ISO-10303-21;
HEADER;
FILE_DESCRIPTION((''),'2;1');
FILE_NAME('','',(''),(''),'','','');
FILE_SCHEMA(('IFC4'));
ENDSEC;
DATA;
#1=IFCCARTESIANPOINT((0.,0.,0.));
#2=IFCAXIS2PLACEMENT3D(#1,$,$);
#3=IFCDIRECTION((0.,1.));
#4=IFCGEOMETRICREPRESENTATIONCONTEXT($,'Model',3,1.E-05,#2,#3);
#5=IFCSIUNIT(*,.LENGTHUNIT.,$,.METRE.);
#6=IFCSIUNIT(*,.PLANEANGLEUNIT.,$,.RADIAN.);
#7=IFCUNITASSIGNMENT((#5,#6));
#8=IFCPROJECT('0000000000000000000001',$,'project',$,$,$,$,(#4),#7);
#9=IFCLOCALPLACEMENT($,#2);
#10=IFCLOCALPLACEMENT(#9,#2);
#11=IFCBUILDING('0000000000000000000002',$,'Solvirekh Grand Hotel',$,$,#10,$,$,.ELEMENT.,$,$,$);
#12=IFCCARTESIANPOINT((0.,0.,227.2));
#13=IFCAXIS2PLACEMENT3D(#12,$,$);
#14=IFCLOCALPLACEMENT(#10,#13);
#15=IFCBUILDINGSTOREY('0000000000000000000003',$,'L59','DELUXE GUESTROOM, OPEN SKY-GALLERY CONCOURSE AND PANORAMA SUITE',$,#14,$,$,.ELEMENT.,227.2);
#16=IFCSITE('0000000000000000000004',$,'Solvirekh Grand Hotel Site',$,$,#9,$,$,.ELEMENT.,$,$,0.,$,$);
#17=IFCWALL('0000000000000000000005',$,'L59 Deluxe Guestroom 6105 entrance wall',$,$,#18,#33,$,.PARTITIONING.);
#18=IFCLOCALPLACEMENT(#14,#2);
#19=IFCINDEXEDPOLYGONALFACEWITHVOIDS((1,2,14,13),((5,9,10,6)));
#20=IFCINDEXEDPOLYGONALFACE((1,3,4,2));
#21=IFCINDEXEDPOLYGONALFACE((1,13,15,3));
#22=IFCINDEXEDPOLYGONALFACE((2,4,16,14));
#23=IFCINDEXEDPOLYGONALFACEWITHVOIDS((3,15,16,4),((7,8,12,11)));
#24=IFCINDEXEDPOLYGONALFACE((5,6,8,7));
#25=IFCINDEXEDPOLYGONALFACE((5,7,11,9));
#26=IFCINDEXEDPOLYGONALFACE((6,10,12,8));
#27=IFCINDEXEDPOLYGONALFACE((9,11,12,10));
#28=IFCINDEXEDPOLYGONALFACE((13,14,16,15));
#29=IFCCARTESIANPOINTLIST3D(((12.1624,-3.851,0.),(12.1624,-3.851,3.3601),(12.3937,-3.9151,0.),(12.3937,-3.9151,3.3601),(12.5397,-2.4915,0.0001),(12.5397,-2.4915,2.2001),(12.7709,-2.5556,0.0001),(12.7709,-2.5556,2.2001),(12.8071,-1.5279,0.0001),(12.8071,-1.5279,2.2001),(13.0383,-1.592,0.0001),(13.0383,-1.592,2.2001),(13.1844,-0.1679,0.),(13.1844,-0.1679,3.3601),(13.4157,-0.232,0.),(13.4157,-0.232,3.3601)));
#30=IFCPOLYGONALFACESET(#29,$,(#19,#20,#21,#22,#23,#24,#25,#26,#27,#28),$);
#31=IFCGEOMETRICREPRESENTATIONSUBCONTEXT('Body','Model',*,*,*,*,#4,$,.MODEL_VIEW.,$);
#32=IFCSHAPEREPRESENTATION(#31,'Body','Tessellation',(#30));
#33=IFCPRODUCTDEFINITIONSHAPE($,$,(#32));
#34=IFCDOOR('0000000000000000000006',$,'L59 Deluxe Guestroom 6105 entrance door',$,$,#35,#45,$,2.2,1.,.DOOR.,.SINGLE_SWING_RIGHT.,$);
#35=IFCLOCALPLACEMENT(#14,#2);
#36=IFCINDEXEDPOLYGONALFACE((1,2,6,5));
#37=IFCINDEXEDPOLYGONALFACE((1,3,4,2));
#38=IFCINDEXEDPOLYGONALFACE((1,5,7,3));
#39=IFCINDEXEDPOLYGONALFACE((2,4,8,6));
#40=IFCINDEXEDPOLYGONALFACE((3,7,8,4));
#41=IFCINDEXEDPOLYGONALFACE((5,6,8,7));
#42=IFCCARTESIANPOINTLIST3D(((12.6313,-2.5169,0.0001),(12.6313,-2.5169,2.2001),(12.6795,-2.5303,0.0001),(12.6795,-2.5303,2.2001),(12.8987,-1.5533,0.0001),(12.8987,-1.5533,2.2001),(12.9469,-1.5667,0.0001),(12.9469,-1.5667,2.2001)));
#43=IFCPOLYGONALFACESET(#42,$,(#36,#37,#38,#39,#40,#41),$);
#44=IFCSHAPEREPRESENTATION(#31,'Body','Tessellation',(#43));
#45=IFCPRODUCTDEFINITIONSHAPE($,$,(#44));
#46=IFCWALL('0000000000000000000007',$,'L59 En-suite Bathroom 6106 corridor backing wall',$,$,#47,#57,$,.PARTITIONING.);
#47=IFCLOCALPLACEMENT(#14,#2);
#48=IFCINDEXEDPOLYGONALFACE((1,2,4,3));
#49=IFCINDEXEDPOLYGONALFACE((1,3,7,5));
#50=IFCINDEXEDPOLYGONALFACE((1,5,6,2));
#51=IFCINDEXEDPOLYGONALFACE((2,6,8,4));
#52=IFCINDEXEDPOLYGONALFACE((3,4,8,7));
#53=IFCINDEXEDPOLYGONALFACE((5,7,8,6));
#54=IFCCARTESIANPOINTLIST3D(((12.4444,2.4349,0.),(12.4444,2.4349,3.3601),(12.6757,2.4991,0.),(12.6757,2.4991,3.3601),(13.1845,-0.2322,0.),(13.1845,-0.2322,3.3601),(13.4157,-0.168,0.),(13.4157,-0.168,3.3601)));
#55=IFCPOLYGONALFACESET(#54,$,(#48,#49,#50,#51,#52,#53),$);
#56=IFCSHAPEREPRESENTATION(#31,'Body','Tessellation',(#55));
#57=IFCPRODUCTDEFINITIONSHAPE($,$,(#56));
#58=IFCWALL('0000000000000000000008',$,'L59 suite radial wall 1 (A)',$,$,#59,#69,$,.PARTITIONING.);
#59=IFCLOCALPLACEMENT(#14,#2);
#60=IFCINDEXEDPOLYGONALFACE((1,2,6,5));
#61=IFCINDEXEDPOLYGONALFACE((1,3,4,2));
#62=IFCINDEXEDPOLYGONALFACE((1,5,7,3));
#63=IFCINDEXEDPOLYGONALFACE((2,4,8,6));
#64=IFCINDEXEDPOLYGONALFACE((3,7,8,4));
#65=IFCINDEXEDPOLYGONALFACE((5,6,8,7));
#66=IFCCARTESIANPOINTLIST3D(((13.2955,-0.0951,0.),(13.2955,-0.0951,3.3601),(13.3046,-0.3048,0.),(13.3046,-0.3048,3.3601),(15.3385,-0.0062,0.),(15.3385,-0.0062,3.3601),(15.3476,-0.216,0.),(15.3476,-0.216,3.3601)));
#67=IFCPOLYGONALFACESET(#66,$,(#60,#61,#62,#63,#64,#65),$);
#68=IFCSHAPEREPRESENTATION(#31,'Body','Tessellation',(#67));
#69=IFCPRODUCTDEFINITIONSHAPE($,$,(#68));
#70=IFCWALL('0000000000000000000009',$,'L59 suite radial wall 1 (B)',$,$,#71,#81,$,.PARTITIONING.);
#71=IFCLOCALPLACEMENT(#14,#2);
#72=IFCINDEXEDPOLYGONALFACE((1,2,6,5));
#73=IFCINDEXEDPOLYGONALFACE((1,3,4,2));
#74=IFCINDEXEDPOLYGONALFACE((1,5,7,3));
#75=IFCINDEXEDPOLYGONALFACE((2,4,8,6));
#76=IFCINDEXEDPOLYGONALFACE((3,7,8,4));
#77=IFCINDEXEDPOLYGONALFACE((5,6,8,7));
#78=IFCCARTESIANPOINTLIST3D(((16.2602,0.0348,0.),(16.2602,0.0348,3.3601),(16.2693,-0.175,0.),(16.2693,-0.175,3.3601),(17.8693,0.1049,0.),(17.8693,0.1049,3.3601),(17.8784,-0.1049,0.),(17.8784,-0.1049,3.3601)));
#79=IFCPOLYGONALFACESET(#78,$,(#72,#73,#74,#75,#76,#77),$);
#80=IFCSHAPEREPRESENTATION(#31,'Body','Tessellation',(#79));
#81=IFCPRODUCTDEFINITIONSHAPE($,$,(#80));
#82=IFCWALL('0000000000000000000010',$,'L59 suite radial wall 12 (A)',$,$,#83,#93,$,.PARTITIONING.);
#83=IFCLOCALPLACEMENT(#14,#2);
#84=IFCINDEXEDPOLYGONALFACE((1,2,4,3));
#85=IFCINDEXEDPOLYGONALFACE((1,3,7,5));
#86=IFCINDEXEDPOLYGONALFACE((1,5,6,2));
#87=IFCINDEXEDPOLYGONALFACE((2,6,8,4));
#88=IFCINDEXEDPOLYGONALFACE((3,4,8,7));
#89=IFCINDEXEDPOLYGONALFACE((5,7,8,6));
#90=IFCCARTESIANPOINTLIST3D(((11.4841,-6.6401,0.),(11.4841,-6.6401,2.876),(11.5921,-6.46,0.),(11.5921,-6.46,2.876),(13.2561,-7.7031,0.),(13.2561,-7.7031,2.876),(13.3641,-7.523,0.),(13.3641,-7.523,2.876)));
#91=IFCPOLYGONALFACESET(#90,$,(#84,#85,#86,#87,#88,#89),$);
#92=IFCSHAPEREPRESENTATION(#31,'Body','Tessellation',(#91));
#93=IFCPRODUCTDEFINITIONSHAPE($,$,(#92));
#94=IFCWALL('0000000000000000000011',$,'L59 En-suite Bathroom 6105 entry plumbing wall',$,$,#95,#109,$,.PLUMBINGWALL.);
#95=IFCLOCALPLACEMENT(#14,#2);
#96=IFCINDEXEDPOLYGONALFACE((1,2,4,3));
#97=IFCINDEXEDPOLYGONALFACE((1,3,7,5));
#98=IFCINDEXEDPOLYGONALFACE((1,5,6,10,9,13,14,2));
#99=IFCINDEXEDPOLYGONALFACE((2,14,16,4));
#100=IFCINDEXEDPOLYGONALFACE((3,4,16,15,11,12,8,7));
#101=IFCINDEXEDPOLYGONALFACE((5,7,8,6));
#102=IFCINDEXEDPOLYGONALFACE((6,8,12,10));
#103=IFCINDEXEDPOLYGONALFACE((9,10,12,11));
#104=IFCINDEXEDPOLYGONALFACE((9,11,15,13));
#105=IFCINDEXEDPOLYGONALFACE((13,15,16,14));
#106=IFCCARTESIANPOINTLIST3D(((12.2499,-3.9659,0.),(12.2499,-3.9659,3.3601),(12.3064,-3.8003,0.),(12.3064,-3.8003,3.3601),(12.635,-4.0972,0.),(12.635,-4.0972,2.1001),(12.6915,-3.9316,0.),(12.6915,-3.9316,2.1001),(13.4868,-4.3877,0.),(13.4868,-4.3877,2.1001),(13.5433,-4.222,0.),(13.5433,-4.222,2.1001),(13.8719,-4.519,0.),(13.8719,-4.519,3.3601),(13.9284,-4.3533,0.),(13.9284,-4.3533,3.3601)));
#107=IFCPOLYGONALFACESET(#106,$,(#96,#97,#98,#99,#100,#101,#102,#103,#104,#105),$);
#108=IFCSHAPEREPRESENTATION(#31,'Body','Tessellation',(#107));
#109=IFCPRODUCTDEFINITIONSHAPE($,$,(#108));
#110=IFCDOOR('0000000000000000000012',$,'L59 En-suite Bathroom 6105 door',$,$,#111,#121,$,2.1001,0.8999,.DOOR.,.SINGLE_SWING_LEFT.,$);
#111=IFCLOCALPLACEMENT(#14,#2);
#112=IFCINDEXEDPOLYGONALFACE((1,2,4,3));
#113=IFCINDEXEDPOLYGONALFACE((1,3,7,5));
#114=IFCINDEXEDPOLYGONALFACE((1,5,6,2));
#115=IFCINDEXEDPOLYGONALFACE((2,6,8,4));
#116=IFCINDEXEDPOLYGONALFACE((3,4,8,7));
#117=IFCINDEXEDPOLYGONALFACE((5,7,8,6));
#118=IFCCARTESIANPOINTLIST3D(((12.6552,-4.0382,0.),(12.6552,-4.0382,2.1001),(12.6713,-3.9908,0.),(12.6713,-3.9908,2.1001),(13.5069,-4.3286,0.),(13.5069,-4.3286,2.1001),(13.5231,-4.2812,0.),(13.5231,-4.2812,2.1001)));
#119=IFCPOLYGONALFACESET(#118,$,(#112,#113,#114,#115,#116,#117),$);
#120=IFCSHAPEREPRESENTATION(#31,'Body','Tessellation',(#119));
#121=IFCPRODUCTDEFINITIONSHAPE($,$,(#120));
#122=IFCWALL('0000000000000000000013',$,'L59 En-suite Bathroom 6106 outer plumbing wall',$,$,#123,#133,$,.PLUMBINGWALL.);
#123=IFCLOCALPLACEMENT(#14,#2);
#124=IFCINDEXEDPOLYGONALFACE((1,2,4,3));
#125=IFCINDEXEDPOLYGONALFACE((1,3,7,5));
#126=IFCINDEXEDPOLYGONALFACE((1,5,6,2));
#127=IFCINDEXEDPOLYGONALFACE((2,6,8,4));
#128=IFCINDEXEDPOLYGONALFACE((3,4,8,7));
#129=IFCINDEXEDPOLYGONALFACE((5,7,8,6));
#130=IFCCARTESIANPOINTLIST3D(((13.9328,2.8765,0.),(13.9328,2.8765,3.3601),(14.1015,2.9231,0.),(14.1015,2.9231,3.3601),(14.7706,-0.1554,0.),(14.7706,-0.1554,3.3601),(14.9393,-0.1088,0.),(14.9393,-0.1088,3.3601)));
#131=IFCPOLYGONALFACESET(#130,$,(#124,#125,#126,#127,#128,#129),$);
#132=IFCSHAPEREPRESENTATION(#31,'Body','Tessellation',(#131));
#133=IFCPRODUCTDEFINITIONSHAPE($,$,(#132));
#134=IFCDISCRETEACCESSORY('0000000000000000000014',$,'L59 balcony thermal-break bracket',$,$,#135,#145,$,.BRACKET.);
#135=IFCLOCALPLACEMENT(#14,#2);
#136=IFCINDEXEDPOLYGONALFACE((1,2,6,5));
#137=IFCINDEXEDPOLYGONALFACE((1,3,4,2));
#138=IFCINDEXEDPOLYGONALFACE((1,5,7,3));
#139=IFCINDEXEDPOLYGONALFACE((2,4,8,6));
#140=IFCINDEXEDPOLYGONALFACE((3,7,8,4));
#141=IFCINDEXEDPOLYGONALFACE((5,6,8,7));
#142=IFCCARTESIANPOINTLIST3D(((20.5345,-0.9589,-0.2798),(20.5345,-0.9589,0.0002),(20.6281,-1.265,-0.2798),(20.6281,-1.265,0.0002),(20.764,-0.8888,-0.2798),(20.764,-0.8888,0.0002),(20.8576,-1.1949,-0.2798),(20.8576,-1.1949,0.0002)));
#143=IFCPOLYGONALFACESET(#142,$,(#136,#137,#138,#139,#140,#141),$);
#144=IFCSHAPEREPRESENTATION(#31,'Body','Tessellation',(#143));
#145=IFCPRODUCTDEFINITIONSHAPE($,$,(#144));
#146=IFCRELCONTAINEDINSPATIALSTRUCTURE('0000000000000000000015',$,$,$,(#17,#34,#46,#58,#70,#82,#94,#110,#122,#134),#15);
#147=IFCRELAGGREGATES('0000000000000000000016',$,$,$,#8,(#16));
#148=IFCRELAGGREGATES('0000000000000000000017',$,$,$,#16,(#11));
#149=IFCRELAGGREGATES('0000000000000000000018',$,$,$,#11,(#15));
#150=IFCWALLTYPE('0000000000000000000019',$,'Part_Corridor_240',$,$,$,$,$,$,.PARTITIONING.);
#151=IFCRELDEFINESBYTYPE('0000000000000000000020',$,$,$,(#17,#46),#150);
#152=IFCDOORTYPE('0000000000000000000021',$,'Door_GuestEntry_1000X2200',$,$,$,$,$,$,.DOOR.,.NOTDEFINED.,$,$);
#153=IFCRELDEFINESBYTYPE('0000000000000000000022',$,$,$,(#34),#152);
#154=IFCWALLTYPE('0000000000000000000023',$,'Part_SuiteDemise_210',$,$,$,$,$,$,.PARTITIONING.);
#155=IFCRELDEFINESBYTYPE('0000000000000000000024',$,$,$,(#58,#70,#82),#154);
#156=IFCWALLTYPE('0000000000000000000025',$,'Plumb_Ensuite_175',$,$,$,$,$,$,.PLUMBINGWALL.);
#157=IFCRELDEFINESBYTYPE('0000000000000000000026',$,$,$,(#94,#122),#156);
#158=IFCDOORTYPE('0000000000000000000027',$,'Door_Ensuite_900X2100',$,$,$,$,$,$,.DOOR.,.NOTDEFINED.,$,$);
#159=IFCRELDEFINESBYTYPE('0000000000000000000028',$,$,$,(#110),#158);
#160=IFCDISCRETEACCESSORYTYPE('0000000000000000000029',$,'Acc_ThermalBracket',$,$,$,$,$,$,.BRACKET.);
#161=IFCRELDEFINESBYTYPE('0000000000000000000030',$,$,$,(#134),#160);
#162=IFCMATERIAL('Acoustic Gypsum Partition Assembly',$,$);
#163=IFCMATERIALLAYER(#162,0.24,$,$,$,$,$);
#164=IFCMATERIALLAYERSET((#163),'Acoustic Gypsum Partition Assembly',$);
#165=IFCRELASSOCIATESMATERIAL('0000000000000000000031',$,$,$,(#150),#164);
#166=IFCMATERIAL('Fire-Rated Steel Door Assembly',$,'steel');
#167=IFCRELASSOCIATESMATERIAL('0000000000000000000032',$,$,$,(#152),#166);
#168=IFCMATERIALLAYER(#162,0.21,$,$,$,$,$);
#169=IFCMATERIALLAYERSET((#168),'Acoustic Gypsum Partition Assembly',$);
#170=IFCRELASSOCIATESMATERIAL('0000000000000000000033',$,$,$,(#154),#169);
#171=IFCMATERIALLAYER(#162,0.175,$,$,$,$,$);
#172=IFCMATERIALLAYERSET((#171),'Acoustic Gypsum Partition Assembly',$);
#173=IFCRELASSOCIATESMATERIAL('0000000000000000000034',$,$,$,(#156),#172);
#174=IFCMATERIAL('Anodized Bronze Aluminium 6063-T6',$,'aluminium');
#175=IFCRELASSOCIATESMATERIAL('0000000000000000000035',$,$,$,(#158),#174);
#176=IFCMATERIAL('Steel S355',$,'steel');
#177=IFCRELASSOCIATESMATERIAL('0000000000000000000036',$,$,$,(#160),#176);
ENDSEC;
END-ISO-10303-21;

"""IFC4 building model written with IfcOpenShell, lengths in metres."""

from ifc_helpers import new_model, si_unit, direction, frame, frame_2d, origin, origin_2d, place, context, subcontext, project, spatial, rectangle, extrude, material, layer, layer_set, type_object, element, fill, save


model = new_model("IFC4")

# Units and contexts
model_context = context("Model", 3, precision=1e-05, world=origin(), true_north=direction((0.0, 1.0)))
body_context = subcontext(model_context, "Body", "Model", "MODEL_VIEW")
ifc_project = project(units=[si_unit("LENGTHUNIT", "METRE"), si_unit("PLANEANGLEUNIT", "RADIAN")], contexts=[model_context])

# Site, building, storey
site_placement = place(None, origin())
site = spatial("IfcSite", under=ifc_project, at=site_placement, Name="Solvirekh Grand Hotel Site", CompositionType="ELEMENT", RefElevation=0.0)
building_placement = place(site_placement, origin())
building = spatial("IfcBuilding", under=site, at=building_placement, Name="Solvirekh Grand Hotel", CompositionType="ELEMENT")
storey_placement = place(building_placement, frame((0.0, 0.0, 227.2)))
storey = spatial("IfcBuildingStorey", under=building, at=storey_placement, Name="L59", Description="DELUXE GUESTROOM, OPEN SKY-GALLERY CONCOURSE AND PANORAMA SUITE", CompositionType="ELEMENT", Elevation=227.2)

# Shared definitions
ifc_material_1 = material(Name="Steel S355", Category="steel")

# Shared definitions
ifc_material_2 = material(Name="Acoustic Gypsum Partition Assembly")
ifc_layer_1 = layer(ifc_material_2, 0.24)
ifc_layer_set_1 = layer_set([ifc_layer_1], Name="Acoustic Gypsum Partition Assembly")
wall_type_1 = type_object("IfcWallType", Name="Part_Corridor_240", PredefinedType="PARTITIONING", material=ifc_layer_set_1)
ifc_material_3 = material(Name="Fire-Rated Steel Door Assembly", Category="steel")

# Wall, opening, door
wall_1_placement = place(storey_placement, frame((12.2781, -3.8831, 0.0), z_axis=(0.0, 0.0, 1.0), x_axis=(0.267374, 0.963593, 0.0)))
wall_1 = element("IfcWall", 1, at=wall_1_placement, inside=storey, type_object=wall_type_1, Name="L59 Deluxe Guestroom 6105 entrance wall", PredefinedType="PARTITIONING", context=body_context, shape_type="SweptSolid", body=[
    extrude(rectangle(XDim=3.8223, YDim=0.24, at=frame_2d((1.9111, 0.0))), origin(), (0.0, 0.0, 1.0), 3.3601),
])
opening_1_placement = place(wall_1_placement, frame((1.4109, 0.0, 0.0)))
opening_1 = element("IfcOpeningElement", 2, at=opening_1_placement, cuts=wall_1, PredefinedType="OPENING", context=body_context, shape_type="SweptSolid", body=[
    extrude(rectangle(XDim=1.0, YDim=2.2, at=frame_2d((0.5, 1.1001))), frame((0.0, 0.1299, 0.0), z_axis=(0.0, -1.0, 0.0), x_axis=(1.0, 0.0, 0.0)), (0.0, 0.0, 1.0), 0.26),
])
door_type_1 = type_object("IfcDoorType", Name="Door_GuestEntry_1000X2200", OperationType="NOTDEFINED", PredefinedType="DOOR", material=ifc_material_3)
door_1_placement = place(opening_1_placement, origin())
door_1 = element("IfcDoor", 3, at=door_1_placement, inside=storey, type_object=door_type_1, Name="L59 Deluxe Guestroom 6105 entrance door", OperationType="SINGLE_SWING_RIGHT", OverallHeight=2.2, OverallWidth=1.0, PredefinedType="DOOR", context=body_context, shape_type="SweptSolid", body=[
    extrude(rectangle(XDim=1.0, YDim=2.2, at=frame_2d((0.5, 1.1001))), frame((0.0, 0.0249, 0.0), z_axis=(0.0, -1.0, 0.0), x_axis=(1.0, 0.0, 0.0)), (0.0, 0.0, 1.0), 0.05),
])
fill(opening_1, door_1)

# Walls
wall_2_placement = place(storey_placement, frame((13.3, -0.2, 0.0), z_axis=(0.0, 0.0, 1.0), x_axis=(-0.267362, 0.963596, 0.0)))
element("IfcWall", 4, at=wall_2_placement, inside=storey, type_object=wall_type_1, Name="L59 En-suite Bathroom 6106 corridor backing wall", PredefinedType="PARTITIONING", context=body_context, shape_type="SweptSolid", body=[
    extrude(rectangle(XDim=2.7678, YDim=0.24, at=frame_2d((1.3838, 0.0))), origin(), (0.0, 0.0, 1.0), 3.3601),
])
ifc_layer_2 = layer(ifc_material_2, 0.21)
ifc_layer_set_2 = layer_set([ifc_layer_2], Name="Acoustic Gypsum Partition Assembly")
wall_type_2 = type_object("IfcWallType", Name="Part_SuiteDemise_210", PredefinedType="PARTITIONING", material=ifc_layer_set_2)
wall_3_placement = place(storey_placement, frame((13.3, -0.2, 0.0), z_axis=(0.0, 0.0, 1.0), x_axis=(0.999055, 0.043458, 0.0)))
element("IfcWall", 5, at=wall_3_placement, inside=storey, type_object=wall_type_2, Name="L59 suite radial wall 1 (A)", PredefinedType="PARTITIONING", context=body_context, shape_type="SweptSolid", body=[
    extrude(rectangle(XDim=2.0449, YDim=0.21, at=frame_2d((1.0225, 0.0))), origin(), (0.0, 0.0, 1.0), 3.3601),
])
wall_4_placement = place(storey_placement, frame((16.2649, -0.0701, 0.0), z_axis=(0.0, 0.0, 1.0), x_axis=(0.999053, 0.043503, 0.0)))
element("IfcWall", 6, at=wall_4_placement, inside=storey, type_object=wall_type_2, Name="L59 suite radial wall 1 (B)", PredefinedType="PARTITIONING", context=body_context, shape_type="SweptSolid", body=[
    extrude(rectangle(XDim=1.6106, YDim=0.21, at=frame_2d((0.8052, 0.0))), origin(), (0.0, 0.0, 1.0), 3.3601),
])
wall_5_placement = place(storey_placement, frame((11.5381, -6.55, 0.0), z_axis=(0.0, 0.0, 1.0), x_axis=(0.857535, -0.514426, 0.0)))
element("IfcWall", 7, at=wall_5_placement, inside=storey, type_object=wall_type_2, Name="L59 suite radial wall 12 (A)", PredefinedType="PARTITIONING", context=body_context, shape_type="SweptSolid", body=[
    extrude(rectangle(XDim=2.0664, YDim=0.21, at=frame_2d((1.0332, 0.0))), origin(), (0.0, 0.0, 1.0), 2.876),
])

# Wall, opening, door
ifc_layer_3 = layer(ifc_material_2, 0.175)
ifc_layer_set_3 = layer_set([ifc_layer_3], Name="Acoustic Gypsum Partition Assembly")
wall_type_3 = type_object("IfcWallType", Name="Plumb_Ensuite_175", PredefinedType="PLUMBINGWALL", material=ifc_layer_set_3)
wall_6_placement = place(storey_placement, frame((12.2781, -3.8831, 0.0), z_axis=(0.0, 0.0, 1.0), x_axis=(0.946495, -0.322717, 0.0)))
wall_6 = element("IfcWall", 8, at=wall_6_placement, inside=storey, type_object=wall_type_3, Name="L59 En-suite Bathroom 6105 entry plumbing wall", PredefinedType="PLUMBINGWALL", context=body_context, shape_type="SweptSolid", body=[
    extrude(rectangle(XDim=1.7136, YDim=0.175, at=frame_2d((0.8569, 0.0))), origin(), (0.0, 0.0, 1.0), 3.3601),
])
opening_2_placement = place(wall_6_placement, frame((0.407, 0.0, 0.0)))
opening_2 = element("IfcOpeningElement", 9, at=opening_2_placement, cuts=wall_6, PredefinedType="OPENING", context=body_context, shape_type="SweptSolid", body=[
    extrude(rectangle(XDim=0.8999, YDim=2.1001, at=frame_2d((0.45, 1.05))), frame((0.0, 0.0977, 0.0), z_axis=(0.0, -1.0, 0.0), x_axis=(1.0, 0.0, 0.0)), (0.0, 0.0, 1.0), 0.1951),
])
ifc_material_4 = material(Name="Anodized Bronze Aluminium 6063-T6", Category="aluminium")
door_type_2 = type_object("IfcDoorType", Name="Door_Ensuite_900X2100", OperationType="NOTDEFINED", PredefinedType="DOOR", material=ifc_material_4)
door_2_placement = place(opening_2_placement, origin())
door_2 = element("IfcDoor", 10, at=door_2_placement, inside=storey, type_object=door_type_2, Name="L59 En-suite Bathroom 6105 door", OperationType="SINGLE_SWING_LEFT", OverallHeight=2.1001, OverallWidth=0.8999, PredefinedType="DOOR", context=body_context, shape_type="SweptSolid", body=[
    extrude(rectangle(XDim=0.8999, YDim=2.1001, at=frame_2d((0.45, 1.05))), frame((0.0, 0.0249, 0.0), z_axis=(0.0, -1.0, 0.0), x_axis=(1.0, 0.0, 0.0)), (0.0, 0.0, 1.0), 0.05),
])
fill(opening_2, door_2)

# Wall
wall_7_placement = place(storey_placement, frame((14.855, -0.1321, 0.0), z_axis=(0.0, 0.0, 1.0), x_axis=(-0.266367, 0.963872, 0.0)))
element("IfcWall", 11, at=wall_7_placement, inside=storey, type_object=wall_type_3, Name="L59 En-suite Bathroom 6106 outer plumbing wall", PredefinedType="PLUMBINGWALL", context=body_context, shape_type="SweptSolid", body=[
    extrude(rectangle(XDim=3.1455, YDim=0.175, at=frame_2d((1.5728, 0.0))), origin(), (0.0, 0.0, 1.0), 3.3601),
])

# Discrete accessory
discrete_accessory_type = type_object("IfcDiscreteAccessoryType", Name="Acc_ThermalBracket", PredefinedType="BRACKET", material=ifc_material_1)
discrete_accessory_placement = place(storey_placement, frame((20.696, -1.0769, -0.2798), z_axis=(0.0, 0.0, 1.0), x_axis=(0.292372, -0.956305, 0.0)))
element("IfcDiscreteAccessory", 12, at=discrete_accessory_placement, inside=storey, type_object=discrete_accessory_type, Name="L59 balcony thermal-break bracket", PredefinedType="BRACKET", context=body_context, shape_type="SweptSolid", body=[
    extrude(rectangle(XDim=0.3201, YDim=0.24, at=origin_2d()), origin(), (0.0, 0.0, 1.0), 0.28),
])

save(model, "model.ifc")
